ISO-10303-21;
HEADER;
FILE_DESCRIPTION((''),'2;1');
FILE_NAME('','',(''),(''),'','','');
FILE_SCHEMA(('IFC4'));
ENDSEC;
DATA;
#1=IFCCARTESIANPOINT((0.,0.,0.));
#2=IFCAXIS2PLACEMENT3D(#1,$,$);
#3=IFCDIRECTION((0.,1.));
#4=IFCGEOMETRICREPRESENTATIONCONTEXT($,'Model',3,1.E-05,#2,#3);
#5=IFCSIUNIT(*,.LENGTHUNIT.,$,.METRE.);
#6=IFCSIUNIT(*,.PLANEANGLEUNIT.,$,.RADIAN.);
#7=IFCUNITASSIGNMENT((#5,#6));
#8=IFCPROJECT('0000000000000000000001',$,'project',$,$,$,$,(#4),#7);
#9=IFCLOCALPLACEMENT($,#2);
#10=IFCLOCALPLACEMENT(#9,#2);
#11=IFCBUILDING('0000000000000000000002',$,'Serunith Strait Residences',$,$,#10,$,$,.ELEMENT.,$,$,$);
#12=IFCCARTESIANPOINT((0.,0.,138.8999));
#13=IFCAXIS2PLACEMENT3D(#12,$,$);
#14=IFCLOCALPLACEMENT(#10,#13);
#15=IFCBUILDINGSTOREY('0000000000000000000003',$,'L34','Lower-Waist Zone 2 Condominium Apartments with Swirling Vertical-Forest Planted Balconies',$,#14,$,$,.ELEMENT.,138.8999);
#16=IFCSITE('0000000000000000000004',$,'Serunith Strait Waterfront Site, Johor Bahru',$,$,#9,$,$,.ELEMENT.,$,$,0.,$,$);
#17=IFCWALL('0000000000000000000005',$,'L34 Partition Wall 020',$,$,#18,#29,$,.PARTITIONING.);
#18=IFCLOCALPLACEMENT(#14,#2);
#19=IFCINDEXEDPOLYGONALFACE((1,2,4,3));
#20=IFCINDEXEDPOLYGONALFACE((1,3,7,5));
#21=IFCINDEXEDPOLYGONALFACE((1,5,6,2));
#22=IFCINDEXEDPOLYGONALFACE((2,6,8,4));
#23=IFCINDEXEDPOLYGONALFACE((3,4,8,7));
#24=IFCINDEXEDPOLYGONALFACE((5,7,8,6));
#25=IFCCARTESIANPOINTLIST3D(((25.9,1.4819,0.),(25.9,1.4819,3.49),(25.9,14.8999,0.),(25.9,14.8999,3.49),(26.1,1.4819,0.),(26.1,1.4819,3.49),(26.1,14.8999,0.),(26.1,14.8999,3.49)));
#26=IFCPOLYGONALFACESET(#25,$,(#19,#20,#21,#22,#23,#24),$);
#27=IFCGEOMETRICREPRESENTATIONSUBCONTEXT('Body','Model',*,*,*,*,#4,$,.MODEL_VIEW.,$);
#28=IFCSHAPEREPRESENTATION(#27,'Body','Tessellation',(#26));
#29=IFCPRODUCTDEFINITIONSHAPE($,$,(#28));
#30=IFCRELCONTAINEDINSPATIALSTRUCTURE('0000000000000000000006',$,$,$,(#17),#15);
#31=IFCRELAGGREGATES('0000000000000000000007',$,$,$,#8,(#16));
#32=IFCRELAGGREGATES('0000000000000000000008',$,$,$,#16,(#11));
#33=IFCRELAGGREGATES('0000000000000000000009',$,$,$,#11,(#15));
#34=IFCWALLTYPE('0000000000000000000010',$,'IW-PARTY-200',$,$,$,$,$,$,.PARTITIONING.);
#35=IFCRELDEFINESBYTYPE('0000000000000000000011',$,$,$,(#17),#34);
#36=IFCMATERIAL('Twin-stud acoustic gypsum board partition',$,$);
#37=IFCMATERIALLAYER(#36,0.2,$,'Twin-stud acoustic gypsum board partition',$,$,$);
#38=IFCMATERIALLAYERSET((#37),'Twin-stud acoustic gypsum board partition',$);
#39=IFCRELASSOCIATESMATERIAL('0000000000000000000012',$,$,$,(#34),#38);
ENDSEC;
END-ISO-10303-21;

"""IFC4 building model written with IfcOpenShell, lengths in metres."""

from ifc_helpers import new_model, si_unit, direction, frame, frame_2d, origin, place, context, subcontext, project, spatial, rectangle, extrude, material, layer, layer_set, type_object, element, save


model = new_model("IFC4")

# Units and contexts
model_context = context("Model", 3, precision=1e-05, world=origin(), true_north=direction((0.0, 1.0)))
body_context = subcontext(model_context, "Body", "Model", "MODEL_VIEW")
ifc_project = project(units=[si_unit("LENGTHUNIT", "METRE"), si_unit("PLANEANGLEUNIT", "RADIAN")], contexts=[model_context])

# Site, building, storey
site_placement = place(None, origin())
site = spatial("IfcSite", under=ifc_project, at=site_placement, Name="Serunith Strait Waterfront Site, Johor Bahru", CompositionType="ELEMENT", RefElevation=0.0)
building_placement = place(site_placement, origin())
building = spatial("IfcBuilding", under=site, at=building_placement, Name="Serunith Strait Residences", CompositionType="ELEMENT")
storey_placement = place(building_placement, frame((0.0, 0.0, 138.8999)))
storey = spatial("IfcBuildingStorey", under=building, at=storey_placement, Name="L34", Description="Lower-Waist Zone 2 Condominium Apartments with Swirling Vertical-Forest Planted Balconies", CompositionType="ELEMENT", Elevation=138.8999)

# Wall
ifc_material_1 = material(Name="Twin-stud acoustic gypsum board partition")
ifc_layer_1 = layer(ifc_material_1, 0.2, Name="Twin-stud acoustic gypsum board partition")
ifc_layer_set_1 = layer_set([ifc_layer_1], Name="Twin-stud acoustic gypsum board partition")
wall_type_1 = type_object("IfcWallType", Name="IW-PARTY-200", PredefinedType="PARTITIONING", material=ifc_layer_set_1)
wall_1_placement = place(storey_placement, frame((26.0, 1.4819, 0.0), z_axis=(0.0, 0.0, 1.0), x_axis=(0.0, 1.0, 0.0)))
element("IfcWall", 1, at=wall_1_placement, inside=storey, type_object=wall_type_1, Name="L34 Partition Wall 020", PredefinedType="PARTITIONING", context=body_context, shape_type="SweptSolid", body=[
    extrude(rectangle(XDim=13.418, YDim=0.2, at=frame_2d((6.709, 0.0))), origin(), (0.0, 0.0, 1.0), 3.49),
])

save(model, "model.ifc")
